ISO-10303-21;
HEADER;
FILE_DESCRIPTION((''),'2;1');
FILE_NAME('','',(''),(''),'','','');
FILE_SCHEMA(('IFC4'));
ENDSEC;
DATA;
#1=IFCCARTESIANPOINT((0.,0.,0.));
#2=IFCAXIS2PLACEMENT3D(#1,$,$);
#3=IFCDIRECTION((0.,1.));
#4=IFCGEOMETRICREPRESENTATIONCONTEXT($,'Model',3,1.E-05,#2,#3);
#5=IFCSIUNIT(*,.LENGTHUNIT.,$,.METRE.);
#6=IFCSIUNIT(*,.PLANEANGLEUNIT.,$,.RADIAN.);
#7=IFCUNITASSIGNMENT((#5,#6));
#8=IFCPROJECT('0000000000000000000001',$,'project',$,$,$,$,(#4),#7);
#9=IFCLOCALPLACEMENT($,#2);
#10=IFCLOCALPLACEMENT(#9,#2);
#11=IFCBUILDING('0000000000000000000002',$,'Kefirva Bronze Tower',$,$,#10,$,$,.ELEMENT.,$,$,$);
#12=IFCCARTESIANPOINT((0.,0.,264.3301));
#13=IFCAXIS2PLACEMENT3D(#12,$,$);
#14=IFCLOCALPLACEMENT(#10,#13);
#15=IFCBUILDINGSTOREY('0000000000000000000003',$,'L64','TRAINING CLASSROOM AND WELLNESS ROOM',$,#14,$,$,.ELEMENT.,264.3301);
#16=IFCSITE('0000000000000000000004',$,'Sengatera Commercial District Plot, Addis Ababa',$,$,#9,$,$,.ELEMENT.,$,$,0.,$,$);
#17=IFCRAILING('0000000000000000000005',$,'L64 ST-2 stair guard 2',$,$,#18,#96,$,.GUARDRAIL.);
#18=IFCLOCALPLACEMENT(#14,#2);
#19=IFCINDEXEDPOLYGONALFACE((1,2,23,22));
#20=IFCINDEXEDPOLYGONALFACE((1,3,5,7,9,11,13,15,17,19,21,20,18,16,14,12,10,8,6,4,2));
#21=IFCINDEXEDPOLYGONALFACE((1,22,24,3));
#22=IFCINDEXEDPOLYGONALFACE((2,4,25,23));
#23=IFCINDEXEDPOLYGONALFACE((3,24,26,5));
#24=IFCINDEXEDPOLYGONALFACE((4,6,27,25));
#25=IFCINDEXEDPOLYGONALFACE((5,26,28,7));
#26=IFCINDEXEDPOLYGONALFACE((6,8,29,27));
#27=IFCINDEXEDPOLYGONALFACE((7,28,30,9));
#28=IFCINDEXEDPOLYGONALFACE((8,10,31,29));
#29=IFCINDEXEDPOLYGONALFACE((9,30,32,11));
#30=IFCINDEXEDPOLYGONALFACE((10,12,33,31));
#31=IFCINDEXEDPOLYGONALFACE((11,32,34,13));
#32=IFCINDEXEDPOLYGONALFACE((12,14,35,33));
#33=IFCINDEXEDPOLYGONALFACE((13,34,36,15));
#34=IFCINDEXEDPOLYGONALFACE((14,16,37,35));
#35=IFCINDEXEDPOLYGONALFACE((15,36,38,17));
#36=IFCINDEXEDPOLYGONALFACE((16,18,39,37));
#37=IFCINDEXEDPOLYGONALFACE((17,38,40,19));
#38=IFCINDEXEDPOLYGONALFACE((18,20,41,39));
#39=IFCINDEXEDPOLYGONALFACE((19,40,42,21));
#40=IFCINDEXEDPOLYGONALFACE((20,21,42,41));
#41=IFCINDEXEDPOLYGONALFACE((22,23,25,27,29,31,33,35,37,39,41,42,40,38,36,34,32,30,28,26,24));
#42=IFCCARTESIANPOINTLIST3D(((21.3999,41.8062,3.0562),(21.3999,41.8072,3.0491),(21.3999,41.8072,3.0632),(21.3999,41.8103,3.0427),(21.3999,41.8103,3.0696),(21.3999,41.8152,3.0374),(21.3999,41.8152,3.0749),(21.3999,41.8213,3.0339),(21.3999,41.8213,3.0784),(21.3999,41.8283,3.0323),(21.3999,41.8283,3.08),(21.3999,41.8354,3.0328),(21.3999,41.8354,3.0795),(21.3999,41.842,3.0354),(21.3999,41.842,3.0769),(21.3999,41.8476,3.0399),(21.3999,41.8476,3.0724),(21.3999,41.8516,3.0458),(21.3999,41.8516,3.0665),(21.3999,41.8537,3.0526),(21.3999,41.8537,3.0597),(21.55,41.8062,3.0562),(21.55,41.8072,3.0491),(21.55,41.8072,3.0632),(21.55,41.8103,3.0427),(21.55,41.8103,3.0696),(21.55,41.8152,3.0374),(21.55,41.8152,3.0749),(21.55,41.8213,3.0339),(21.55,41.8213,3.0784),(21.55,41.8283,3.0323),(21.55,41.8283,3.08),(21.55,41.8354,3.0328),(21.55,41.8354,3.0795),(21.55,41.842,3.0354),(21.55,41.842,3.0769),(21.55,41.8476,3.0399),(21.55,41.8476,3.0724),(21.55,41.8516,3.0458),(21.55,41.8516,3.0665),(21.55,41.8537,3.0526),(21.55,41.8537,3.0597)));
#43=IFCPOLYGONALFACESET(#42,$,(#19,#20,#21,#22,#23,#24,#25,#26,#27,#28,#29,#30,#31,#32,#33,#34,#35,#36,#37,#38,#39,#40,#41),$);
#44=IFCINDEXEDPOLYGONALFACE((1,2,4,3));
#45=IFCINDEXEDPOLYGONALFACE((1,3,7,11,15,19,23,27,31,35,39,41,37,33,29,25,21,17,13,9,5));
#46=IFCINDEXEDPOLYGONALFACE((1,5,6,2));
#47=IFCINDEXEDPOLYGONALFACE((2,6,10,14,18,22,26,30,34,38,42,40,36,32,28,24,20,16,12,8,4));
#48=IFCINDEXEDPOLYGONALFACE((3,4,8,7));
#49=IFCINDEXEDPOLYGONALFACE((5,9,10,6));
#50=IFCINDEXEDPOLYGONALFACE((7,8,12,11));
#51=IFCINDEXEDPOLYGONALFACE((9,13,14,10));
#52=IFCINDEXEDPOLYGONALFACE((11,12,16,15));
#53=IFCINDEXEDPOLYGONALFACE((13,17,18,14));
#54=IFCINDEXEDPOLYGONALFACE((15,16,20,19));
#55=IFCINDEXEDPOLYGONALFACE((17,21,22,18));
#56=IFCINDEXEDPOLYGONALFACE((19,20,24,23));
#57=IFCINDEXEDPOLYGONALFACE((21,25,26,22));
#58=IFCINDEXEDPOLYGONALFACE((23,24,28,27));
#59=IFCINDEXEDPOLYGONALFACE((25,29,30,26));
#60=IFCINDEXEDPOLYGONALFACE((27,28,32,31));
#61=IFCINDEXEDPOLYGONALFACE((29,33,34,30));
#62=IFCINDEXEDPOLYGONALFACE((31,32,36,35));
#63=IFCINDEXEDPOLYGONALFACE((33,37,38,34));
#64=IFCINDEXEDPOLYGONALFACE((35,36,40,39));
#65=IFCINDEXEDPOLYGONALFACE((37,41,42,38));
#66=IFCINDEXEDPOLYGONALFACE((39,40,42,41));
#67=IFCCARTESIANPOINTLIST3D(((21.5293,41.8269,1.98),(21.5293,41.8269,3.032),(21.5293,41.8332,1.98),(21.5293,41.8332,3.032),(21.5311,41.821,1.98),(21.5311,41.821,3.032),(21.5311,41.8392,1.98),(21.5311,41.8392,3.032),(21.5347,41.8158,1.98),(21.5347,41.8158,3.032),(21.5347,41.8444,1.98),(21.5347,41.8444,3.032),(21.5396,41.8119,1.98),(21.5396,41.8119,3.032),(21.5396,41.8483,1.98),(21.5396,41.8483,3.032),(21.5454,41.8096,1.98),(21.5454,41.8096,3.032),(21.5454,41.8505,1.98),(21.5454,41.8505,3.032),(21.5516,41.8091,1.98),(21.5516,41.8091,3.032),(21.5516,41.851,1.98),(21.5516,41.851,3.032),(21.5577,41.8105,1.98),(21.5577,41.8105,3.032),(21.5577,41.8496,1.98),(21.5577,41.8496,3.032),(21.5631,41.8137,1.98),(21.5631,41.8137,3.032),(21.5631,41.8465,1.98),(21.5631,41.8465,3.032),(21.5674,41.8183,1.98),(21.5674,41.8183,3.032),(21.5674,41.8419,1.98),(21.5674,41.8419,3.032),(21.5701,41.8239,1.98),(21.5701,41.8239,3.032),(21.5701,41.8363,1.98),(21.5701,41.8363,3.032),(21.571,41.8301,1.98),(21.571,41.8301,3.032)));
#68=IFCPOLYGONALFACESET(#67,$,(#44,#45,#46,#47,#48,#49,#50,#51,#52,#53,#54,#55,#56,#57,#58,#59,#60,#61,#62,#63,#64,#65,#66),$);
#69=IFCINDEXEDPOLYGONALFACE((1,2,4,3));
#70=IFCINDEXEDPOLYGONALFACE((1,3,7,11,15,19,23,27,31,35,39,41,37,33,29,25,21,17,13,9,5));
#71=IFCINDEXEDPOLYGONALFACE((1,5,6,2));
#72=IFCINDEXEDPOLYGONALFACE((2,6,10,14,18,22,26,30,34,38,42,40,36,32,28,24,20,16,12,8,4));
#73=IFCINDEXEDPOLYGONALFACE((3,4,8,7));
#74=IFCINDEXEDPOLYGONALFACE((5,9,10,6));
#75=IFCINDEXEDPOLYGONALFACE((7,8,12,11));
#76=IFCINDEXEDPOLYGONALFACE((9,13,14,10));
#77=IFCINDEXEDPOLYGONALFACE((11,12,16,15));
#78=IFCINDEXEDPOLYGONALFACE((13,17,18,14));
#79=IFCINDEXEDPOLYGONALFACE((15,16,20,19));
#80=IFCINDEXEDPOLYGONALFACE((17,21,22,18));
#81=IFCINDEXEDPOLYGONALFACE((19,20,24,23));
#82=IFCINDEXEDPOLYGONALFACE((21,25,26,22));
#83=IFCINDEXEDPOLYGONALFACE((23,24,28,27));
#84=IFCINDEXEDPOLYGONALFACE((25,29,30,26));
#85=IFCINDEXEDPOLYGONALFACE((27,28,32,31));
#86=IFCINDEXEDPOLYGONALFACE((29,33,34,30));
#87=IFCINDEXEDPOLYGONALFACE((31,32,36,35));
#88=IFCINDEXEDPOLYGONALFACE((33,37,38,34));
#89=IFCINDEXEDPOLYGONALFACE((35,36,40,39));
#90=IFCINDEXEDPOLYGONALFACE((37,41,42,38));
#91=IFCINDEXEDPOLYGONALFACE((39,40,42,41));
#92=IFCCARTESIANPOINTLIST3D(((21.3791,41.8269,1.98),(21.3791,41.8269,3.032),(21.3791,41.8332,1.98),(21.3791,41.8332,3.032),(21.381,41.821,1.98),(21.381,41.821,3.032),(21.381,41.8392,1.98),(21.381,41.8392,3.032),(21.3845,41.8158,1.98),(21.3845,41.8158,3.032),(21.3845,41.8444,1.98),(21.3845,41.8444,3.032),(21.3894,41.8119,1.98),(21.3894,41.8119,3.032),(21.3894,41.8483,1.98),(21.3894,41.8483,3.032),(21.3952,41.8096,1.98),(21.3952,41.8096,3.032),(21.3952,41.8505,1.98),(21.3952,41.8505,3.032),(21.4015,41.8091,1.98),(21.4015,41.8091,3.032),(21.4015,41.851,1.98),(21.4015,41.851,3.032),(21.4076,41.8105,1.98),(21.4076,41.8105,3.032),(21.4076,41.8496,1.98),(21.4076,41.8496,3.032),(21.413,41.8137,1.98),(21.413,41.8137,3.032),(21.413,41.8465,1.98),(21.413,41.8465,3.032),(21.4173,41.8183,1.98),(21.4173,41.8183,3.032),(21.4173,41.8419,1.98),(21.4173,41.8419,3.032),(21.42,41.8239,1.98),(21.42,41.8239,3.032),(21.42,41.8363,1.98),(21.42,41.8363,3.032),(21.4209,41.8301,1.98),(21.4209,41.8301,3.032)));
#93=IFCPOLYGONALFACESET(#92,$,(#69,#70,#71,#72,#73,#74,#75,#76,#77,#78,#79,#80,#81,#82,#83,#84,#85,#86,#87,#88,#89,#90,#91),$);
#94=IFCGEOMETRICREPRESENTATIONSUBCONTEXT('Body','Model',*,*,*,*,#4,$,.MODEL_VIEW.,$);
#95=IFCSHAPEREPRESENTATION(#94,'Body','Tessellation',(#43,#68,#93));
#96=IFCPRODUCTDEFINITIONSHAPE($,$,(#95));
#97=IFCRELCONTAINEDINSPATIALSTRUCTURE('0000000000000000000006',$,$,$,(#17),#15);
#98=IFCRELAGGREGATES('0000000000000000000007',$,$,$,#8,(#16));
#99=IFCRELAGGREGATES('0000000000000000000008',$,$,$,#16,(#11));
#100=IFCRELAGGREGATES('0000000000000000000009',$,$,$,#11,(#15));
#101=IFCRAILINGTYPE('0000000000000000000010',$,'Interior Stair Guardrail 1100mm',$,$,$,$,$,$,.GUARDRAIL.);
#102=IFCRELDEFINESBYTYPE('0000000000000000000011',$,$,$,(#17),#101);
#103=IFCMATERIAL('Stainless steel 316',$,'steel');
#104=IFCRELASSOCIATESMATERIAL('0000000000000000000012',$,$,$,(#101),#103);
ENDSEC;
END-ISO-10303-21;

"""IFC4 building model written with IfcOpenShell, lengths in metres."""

from ifc_helpers import new_model, si_unit, direction, frame, origin, origin_2d, place, context, subcontext, project, spatial, circle, extrude, material, type_object, element, save


model = new_model("IFC4")

# Units and contexts
model_context = context("Model", 3, precision=1e-05, world=origin(), true_north=direction((0.0, 1.0)))
body_context = subcontext(model_context, "Body", "Model", "MODEL_VIEW")
ifc_project = project(units=[si_unit("LENGTHUNIT", "METRE"), si_unit("PLANEANGLEUNIT", "RADIAN")], contexts=[model_context])

# Site, building, storey
site_placement = place(None, origin())
site = spatial("IfcSite", under=ifc_project, at=site_placement, Name="Sengatera Commercial District Plot, Addis Ababa", CompositionType="ELEMENT", RefElevation=0.0)
building_placement = place(site_placement, origin())
building = spatial("IfcBuilding", under=site, at=building_placement, Name="Kefirva Bronze Tower", CompositionType="ELEMENT")
storey_placement = place(building_placement, frame((0.0, 0.0, 264.3301)))
storey = spatial("IfcBuildingStorey", under=building, at=storey_placement, Name="L64", Description="TRAINING CLASSROOM AND WELLNESS ROOM", CompositionType="ELEMENT", Elevation=264.3301)

# Railing
ifc_material_1 = material(Name="Stainless steel 316", Category="steel")
railing_type_1 = type_object("IfcRailingType", Name="Interior Stair Guardrail 1100mm", PredefinedType="GUARDRAIL", material=ifc_material_1)
railing_1_placement = place(storey_placement, frame((21.55, 41.8301, 1.98)))
element("IfcRailing", 1, at=railing_1_placement, inside=storey, type_object=railing_type_1, Name="L64 ST-2 stair guard 2", PredefinedType="GUARDRAIL", context=body_context, shape_type="SweptSolid", body=[
    extrude(circle(Radius=0.0239, at=origin_2d()), frame((0.0, 0.0, 1.0762), z_axis=(-1.0, 0.0, 0.0), x_axis=(0.0, -1.0, 0.0)), (0.0, 0.0, 1.0), 0.1501),
    extrude(circle(Radius=0.021, at=origin_2d()), origin(), (0.0, 0.0, 1.0), 1.052),
    extrude(circle(Radius=0.021, at=origin_2d()), frame((-0.1501, 0.0, 0.0)), (0.0, 0.0, 1.0), 1.052),
])

save(model, "model.ifc")
